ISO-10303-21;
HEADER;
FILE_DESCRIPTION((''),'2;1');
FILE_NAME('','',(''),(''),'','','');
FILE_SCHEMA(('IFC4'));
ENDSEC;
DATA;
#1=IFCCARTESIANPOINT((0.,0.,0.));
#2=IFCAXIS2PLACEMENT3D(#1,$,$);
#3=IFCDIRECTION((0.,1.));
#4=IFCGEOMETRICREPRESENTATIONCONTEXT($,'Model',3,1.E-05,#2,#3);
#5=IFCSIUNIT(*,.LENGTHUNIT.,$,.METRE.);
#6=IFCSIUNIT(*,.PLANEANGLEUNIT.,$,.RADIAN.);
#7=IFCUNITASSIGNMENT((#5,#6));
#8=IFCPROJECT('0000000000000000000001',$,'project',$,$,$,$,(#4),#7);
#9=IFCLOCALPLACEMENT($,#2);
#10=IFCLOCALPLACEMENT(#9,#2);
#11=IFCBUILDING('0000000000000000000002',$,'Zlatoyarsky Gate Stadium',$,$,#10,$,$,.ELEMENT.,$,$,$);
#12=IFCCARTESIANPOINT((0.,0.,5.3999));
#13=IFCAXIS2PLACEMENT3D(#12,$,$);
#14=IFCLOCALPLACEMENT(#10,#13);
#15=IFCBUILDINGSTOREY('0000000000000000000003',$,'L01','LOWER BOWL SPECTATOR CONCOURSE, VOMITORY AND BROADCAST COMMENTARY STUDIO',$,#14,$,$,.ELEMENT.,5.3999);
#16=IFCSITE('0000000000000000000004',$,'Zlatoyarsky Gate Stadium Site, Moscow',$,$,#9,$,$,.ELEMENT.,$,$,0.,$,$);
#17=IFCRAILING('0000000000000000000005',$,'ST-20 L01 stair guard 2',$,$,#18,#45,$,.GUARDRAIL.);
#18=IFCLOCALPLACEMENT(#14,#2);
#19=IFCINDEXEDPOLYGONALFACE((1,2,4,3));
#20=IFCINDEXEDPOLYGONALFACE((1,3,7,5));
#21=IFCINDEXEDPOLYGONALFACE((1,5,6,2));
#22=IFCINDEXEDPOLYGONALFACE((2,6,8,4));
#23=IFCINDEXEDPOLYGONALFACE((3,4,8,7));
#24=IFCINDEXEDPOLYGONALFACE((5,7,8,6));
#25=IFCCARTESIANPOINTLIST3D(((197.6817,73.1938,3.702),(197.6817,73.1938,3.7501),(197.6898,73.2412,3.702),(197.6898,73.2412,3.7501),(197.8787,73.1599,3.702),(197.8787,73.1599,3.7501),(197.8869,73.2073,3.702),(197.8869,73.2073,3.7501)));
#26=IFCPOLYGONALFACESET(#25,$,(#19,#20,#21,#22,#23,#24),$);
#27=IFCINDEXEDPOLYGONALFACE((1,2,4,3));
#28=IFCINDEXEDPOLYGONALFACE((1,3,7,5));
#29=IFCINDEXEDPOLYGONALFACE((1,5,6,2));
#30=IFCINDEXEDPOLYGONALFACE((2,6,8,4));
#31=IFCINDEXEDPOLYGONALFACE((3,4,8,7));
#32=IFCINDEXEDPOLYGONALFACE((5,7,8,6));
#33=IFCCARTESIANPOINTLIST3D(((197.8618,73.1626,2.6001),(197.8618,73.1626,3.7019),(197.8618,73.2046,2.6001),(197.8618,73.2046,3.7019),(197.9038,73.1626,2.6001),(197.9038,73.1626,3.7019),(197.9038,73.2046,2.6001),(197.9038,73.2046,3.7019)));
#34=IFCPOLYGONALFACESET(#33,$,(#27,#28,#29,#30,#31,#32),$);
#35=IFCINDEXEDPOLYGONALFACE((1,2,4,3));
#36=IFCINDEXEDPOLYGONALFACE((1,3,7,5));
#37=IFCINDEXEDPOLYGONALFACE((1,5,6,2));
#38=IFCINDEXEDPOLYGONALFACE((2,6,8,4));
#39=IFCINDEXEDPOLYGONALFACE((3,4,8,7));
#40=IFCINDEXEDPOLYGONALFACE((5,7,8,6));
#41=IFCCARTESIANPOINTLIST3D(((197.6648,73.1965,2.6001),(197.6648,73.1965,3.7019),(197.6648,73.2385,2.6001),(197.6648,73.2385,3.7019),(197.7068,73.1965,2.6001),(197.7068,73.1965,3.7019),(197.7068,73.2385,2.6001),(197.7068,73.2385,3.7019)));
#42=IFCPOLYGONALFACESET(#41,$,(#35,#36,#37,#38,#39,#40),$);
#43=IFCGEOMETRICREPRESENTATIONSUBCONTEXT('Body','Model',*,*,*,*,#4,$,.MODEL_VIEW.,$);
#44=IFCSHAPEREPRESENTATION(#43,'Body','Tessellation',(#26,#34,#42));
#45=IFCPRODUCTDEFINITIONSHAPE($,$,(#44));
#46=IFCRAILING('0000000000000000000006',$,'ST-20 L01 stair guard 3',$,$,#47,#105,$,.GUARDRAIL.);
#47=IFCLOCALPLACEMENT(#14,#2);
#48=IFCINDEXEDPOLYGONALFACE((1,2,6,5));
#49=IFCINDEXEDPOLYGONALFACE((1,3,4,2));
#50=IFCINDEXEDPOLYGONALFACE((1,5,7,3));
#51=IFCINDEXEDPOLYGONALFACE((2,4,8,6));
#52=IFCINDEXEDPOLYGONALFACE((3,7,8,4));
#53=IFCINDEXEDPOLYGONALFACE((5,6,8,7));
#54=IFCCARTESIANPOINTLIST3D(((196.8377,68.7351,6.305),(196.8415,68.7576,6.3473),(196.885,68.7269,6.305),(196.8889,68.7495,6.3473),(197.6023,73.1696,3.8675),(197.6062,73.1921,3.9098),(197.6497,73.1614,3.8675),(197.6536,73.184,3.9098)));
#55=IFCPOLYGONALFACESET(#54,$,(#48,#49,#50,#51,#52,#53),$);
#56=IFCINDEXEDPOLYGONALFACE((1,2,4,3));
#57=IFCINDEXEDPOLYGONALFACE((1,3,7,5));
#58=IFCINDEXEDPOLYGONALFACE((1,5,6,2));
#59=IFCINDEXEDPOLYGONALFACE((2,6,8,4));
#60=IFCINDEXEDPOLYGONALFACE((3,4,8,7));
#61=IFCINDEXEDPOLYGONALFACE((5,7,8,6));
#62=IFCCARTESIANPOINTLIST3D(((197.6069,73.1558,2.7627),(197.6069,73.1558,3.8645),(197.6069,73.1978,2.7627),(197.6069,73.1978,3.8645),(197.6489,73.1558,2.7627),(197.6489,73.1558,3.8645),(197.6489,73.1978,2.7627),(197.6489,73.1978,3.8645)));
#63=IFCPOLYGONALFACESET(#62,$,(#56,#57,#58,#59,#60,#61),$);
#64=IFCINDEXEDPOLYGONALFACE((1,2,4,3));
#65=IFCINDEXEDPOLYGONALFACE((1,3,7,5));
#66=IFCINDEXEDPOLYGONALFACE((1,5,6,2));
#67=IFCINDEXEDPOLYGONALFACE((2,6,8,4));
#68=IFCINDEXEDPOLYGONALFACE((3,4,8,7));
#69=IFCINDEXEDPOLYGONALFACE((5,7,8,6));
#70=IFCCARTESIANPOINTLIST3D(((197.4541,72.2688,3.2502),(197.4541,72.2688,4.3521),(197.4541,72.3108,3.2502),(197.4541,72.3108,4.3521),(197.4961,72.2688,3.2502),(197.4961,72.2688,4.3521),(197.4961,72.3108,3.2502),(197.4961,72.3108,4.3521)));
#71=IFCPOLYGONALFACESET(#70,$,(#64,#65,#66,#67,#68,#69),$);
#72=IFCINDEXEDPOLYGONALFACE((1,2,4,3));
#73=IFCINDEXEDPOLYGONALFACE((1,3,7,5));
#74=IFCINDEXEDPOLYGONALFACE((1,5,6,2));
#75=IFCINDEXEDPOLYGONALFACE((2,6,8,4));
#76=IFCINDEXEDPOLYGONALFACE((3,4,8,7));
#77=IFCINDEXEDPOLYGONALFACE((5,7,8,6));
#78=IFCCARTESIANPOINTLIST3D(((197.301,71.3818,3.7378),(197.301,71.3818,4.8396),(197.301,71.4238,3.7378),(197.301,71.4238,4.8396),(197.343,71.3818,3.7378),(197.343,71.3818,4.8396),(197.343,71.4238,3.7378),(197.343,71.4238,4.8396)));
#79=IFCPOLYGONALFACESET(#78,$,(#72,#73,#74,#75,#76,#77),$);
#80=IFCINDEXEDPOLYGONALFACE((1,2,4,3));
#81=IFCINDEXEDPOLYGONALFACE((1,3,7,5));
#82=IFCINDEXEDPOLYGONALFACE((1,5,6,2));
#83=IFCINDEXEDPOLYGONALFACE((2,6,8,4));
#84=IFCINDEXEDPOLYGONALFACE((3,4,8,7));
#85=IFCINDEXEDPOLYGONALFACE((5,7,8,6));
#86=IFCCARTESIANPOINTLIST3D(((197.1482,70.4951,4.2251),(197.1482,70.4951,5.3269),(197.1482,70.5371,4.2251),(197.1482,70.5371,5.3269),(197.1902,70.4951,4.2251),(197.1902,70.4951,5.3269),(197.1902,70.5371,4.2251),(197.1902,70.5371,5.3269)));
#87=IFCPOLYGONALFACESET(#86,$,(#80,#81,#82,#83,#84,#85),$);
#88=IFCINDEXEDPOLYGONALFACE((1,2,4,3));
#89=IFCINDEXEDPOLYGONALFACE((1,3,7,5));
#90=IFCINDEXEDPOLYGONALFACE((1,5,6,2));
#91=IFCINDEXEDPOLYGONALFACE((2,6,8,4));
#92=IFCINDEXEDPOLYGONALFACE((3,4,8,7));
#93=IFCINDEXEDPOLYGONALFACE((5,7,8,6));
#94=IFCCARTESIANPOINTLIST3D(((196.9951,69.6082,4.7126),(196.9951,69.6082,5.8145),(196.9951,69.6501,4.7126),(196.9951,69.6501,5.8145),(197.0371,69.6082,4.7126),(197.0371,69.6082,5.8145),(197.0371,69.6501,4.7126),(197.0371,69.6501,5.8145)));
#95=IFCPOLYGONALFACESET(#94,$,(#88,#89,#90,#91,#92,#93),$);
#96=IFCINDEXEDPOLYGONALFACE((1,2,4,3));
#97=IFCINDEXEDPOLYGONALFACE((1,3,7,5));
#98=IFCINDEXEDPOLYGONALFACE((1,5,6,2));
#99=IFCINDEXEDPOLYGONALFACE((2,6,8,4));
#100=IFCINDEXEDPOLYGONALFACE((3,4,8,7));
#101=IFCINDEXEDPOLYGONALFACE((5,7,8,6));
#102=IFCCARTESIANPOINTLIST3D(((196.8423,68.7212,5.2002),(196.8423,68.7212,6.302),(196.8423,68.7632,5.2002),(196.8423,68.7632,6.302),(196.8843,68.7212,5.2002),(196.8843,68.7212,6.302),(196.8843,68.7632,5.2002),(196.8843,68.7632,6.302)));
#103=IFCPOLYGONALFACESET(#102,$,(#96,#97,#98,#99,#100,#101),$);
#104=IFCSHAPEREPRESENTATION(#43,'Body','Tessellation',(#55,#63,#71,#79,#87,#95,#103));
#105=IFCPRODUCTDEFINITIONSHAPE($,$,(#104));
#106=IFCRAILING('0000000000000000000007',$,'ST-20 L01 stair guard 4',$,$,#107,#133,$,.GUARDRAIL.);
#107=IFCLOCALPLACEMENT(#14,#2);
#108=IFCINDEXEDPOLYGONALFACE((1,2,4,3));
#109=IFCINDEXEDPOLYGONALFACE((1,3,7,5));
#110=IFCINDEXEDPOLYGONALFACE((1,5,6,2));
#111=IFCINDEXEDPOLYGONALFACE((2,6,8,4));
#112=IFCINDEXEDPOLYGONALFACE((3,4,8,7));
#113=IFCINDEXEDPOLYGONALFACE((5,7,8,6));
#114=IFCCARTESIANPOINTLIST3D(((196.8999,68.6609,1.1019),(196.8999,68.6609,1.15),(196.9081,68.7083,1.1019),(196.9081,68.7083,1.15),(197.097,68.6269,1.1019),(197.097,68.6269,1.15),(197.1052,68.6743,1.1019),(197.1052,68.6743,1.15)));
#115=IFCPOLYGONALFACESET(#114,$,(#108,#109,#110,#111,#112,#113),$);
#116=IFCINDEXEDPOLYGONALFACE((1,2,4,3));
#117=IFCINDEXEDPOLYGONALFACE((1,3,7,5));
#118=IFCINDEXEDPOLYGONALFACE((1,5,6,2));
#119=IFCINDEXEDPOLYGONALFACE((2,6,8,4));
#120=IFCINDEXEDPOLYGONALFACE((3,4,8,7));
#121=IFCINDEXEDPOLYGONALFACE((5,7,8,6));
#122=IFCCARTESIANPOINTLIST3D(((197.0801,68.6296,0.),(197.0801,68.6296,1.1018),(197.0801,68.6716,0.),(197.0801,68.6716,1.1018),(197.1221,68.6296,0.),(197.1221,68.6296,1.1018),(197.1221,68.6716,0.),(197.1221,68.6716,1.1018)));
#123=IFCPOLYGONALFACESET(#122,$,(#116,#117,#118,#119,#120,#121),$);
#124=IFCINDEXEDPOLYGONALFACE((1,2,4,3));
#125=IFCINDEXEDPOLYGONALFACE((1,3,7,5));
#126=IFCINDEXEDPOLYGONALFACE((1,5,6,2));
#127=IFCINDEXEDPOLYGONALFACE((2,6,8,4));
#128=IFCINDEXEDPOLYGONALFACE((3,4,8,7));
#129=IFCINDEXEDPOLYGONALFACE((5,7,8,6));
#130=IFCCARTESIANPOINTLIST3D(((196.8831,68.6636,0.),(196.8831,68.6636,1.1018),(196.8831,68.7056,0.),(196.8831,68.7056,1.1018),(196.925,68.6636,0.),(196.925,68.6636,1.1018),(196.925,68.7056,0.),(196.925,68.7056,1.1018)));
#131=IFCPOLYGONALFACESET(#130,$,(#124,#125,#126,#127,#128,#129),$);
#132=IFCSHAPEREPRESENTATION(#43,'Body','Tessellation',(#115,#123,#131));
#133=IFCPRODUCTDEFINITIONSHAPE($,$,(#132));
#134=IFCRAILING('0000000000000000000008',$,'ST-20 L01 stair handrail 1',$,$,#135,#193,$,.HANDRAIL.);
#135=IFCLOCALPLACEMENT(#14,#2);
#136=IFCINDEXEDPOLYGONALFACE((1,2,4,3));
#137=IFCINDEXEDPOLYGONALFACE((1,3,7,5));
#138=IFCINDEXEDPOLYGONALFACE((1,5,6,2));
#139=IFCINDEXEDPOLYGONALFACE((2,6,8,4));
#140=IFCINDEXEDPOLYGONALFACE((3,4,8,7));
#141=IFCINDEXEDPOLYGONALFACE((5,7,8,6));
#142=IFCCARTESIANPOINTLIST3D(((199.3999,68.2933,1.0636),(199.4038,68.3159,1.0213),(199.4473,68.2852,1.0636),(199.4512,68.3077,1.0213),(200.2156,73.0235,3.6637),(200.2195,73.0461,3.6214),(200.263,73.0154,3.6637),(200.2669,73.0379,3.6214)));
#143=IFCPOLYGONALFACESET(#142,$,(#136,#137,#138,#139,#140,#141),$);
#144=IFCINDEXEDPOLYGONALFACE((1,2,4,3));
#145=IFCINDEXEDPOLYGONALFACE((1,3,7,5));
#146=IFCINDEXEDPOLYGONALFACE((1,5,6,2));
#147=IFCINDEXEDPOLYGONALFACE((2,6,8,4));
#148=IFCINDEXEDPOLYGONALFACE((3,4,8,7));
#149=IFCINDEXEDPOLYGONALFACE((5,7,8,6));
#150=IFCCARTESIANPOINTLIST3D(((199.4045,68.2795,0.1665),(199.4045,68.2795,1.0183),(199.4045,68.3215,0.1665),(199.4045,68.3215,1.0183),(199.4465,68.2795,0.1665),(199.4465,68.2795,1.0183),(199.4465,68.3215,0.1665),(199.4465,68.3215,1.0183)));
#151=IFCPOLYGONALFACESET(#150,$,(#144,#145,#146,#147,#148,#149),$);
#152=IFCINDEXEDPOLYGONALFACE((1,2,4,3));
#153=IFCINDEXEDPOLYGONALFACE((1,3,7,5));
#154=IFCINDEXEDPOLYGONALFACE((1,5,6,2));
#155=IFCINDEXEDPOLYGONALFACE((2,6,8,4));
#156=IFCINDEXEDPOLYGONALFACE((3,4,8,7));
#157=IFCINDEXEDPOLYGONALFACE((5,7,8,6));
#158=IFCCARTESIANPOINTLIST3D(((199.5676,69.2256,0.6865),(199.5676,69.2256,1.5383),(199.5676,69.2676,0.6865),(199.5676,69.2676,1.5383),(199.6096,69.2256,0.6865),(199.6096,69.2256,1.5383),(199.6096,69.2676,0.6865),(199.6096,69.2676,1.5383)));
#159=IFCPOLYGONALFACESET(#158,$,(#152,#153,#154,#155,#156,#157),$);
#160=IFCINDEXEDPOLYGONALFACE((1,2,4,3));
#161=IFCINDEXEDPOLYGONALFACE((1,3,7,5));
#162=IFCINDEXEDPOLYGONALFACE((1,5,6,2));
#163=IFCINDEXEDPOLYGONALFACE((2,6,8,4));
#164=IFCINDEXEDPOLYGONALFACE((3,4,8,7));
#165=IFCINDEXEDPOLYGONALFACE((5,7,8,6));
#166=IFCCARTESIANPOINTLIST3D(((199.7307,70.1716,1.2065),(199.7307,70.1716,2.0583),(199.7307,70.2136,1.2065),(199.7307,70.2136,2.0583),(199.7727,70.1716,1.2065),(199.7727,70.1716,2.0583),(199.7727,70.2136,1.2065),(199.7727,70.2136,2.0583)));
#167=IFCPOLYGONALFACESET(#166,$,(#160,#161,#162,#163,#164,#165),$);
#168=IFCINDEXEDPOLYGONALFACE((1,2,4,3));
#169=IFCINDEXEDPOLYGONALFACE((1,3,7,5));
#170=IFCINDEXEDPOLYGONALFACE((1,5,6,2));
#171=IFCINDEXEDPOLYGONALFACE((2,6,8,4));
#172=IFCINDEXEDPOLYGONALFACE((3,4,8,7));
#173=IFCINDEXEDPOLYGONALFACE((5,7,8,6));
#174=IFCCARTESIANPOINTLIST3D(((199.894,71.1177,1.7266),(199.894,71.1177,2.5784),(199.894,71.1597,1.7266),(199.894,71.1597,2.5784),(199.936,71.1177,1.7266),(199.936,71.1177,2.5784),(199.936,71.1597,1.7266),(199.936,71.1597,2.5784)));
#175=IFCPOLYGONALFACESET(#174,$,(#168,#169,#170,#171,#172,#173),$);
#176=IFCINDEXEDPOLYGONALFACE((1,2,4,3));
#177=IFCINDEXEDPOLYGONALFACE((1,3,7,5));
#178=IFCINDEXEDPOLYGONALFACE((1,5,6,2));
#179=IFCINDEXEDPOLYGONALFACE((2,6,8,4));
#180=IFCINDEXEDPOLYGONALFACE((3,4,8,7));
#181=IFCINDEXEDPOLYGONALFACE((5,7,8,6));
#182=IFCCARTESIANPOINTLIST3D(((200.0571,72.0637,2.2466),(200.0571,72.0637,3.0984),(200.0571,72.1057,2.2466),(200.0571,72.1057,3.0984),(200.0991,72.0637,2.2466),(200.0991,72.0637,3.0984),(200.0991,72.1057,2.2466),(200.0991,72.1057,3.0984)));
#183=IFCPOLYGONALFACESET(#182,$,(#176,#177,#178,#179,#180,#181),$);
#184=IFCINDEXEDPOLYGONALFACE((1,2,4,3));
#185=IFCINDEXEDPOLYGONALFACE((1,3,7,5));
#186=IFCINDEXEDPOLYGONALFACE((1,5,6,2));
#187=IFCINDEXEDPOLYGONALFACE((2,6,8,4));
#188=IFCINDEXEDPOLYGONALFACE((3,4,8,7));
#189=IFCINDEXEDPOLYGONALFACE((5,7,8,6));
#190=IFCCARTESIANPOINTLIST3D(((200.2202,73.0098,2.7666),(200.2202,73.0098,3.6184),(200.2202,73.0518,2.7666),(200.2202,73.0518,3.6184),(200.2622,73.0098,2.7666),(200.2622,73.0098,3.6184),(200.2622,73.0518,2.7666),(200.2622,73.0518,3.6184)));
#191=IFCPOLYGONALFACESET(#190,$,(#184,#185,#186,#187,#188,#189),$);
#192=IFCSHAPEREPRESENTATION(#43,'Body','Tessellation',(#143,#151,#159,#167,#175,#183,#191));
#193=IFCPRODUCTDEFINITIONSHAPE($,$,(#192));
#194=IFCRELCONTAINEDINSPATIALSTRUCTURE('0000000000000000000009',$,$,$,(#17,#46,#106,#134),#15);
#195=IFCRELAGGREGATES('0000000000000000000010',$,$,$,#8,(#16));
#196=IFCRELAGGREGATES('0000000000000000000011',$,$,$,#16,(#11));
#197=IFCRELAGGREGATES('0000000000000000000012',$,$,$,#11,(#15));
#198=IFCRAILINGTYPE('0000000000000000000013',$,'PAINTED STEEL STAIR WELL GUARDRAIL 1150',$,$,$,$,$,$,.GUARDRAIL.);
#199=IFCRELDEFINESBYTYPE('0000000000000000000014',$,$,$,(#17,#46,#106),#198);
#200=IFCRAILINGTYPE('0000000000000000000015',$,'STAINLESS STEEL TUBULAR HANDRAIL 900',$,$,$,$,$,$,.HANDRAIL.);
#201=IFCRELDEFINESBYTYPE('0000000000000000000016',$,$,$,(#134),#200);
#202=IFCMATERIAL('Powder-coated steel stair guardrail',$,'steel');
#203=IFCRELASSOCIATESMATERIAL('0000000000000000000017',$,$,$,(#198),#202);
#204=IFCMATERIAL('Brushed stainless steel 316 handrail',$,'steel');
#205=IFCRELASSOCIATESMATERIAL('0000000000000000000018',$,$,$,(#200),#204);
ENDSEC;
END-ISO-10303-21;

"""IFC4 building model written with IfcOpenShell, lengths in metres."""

from ifc_helpers import new_model, si_unit, direction, frame, origin, origin_2d, place, context, subcontext, project, spatial, rectangle, extrude, material, type_object, element, save


model = new_model("IFC4")

# Units and contexts
model_context = context("Model", 3, precision=1e-05, world=origin(), true_north=direction((0.0, 1.0)))
body_context = subcontext(model_context, "Body", "Model", "MODEL_VIEW")
ifc_project = project(units=[si_unit("LENGTHUNIT", "METRE"), si_unit("PLANEANGLEUNIT", "RADIAN")], contexts=[model_context])

# Site, building, storey
site_placement = place(None, origin())
site = spatial("IfcSite", under=ifc_project, at=site_placement, Name="Zlatoyarsky Gate Stadium Site, Moscow", CompositionType="ELEMENT", RefElevation=0.0)
building_placement = place(site_placement, origin())
building = spatial("IfcBuilding", under=site, at=building_placement, Name="Zlatoyarsky Gate Stadium", CompositionType="ELEMENT")
storey_placement = place(building_placement, frame((0.0, 0.0, 5.3999)))
storey = spatial("IfcBuildingStorey", under=building, at=storey_placement, Name="L01", Description="LOWER BOWL SPECTATOR CONCOURSE, VOMITORY AND BROADCAST COMMENTARY STUDIO", CompositionType="ELEMENT", Elevation=5.3999)

# Railings
ifc_material_1 = material(Name="Powder-coated steel stair guardrail", Category="steel")
railing_type_1 = type_object("IfcRailingType", Name="PAINTED STEEL STAIR WELL GUARDRAIL 1150", PredefinedType="GUARDRAIL", material=ifc_material_1)
railing_1_placement = place(storey_placement, frame((197.8828, 73.1836, 2.6001)))
element("IfcRailing", 1, at=railing_1_placement, inside=storey, type_object=railing_type_1, Name="ST-20 L01 stair guard 2", PredefinedType="GUARDRAIL", context=body_context, shape_type="SweptSolid", body=[
    extrude(rectangle(XDim=0.0481, YDim=0.0481, at=origin_2d()), frame((0.0, 0.0, 1.126), z_axis=(-0.985488, 0.169743, 0.0), x_axis=(-0.169743, -0.985488, 0.0)), (0.0, 0.0, 1.0), 0.2),
    extrude(rectangle(XDim=0.042, YDim=0.042, at=origin_2d()), origin(), (0.0, 0.0, 1.0), 1.1018),
    extrude(rectangle(XDim=0.042, YDim=0.042, at=origin_2d()), frame((-0.197, 0.0339, 0.0)), (0.0, 0.0, 1.0), 1.1018),
])
railing_2_placement = place(storey_placement, frame((197.6279, 73.1768, 2.7627)))
element("IfcRailing", 2, at=railing_2_placement, inside=storey, type_object=railing_type_1, Name="ST-20 L01 stair guard 3", PredefinedType="GUARDRAIL", context=body_context, shape_type="SweptSolid", body=[
    extrude(rectangle(XDim=0.0481, YDim=0.0481, at=origin_2d()), frame((0.0, 0.0, 1.126), z_axis=(-0.149411, -0.866505, 0.476282), x_axis=(0.985458, -0.169921, 0.0)), (0.0, 0.0, 1.0), 5.1177),
    extrude(rectangle(XDim=0.042, YDim=0.042, at=origin_2d()), origin(), (0.0, 0.0, 1.0), 1.1018),
    extrude(rectangle(XDim=0.042, YDim=0.042, at=origin_2d()), frame((-0.1528, -0.887, 0.4875)), (0.0, 0.0, 1.0), 1.1018),
    extrude(rectangle(XDim=0.042, YDim=0.042, at=origin_2d()), frame((-0.3059, -1.7739, 0.9751)), (0.0, 0.0, 1.0), 1.1018),
    extrude(rectangle(XDim=0.042, YDim=0.042, at=origin_2d()), frame((-0.4587, -2.6606, 1.4624)), (0.0, 0.0, 1.0), 1.1018),
    extrude(rectangle(XDim=0.042, YDim=0.042, at=origin_2d()), frame((-0.6118, -3.5476, 1.95)), (0.0, 0.0, 1.0), 1.1018),
    extrude(rectangle(XDim=0.042, YDim=0.042, at=origin_2d()), frame((-0.7646, -4.4346, 2.4375)), (0.0, 0.0, 1.0), 1.1018),
])
railing_3_placement = place(storey_placement, frame((197.1011, 68.6506, 0.0)))
element("IfcRailing", 3, at=railing_3_placement, inside=storey, type_object=railing_type_1, Name="ST-20 L01 stair guard 4", PredefinedType="GUARDRAIL", context=body_context, shape_type="SweptSolid", body=[
    extrude(rectangle(XDim=0.0481, YDim=0.0481, at=origin_2d()), frame((0.0, 0.0, 1.126), z_axis=(-0.985488, 0.169743, 0.0), x_axis=(-0.169743, -0.985488, 0.0)), (0.0, 0.0, 1.0), 0.2),
    extrude(rectangle(XDim=0.042, YDim=0.042, at=origin_2d()), origin(), (0.0, 0.0, 1.0), 1.1018),
    extrude(rectangle(XDim=0.042, YDim=0.042, at=origin_2d()), frame((-0.197, 0.0339, 0.0)), (0.0, 0.0, 1.0), 1.1018),
])
ifc_material_2 = material(Name="Brushed stainless steel 316 handrail", Category="steel")
railing_type_2 = type_object("IfcRailingType", Name="STAINLESS STEEL TUBULAR HANDRAIL 900", PredefinedType="HANDRAIL", material=ifc_material_2)
railing_4_placement = place(storey_placement, frame((199.4255, 68.3005, 0.1665)))
element("IfcRailing", 4, at=railing_4_placement, inside=storey, type_object=railing_type_2, Name="ST-20 L01 stair handrail 1", PredefinedType="HANDRAIL", context=body_context, shape_type="SweptSolid", body=[
    extrude(rectangle(XDim=0.0481, YDim=0.0481, at=origin_2d()), frame((0.0, 0.0, 0.876), z_axis=(0.149418, 0.866498, 0.476294), x_axis=(-0.985456, 0.169931, 0.0)), (0.0, 0.0, 1.0), 5.459),
    extrude(rectangle(XDim=0.042, YDim=0.042, at=origin_2d()), origin(), (0.0, 0.0, 1.0), 0.8518),
    extrude(rectangle(XDim=0.042, YDim=0.042, at=origin_2d()), frame((0.1631, 0.946, 0.52)), (0.0, 0.0, 1.0), 0.8518),
    extrude(rectangle(XDim=0.042, YDim=0.042, at=origin_2d()), frame((0.3262, 1.8921, 1.04)), (0.0, 0.0, 1.0), 0.8518),
    extrude(rectangle(XDim=0.042, YDim=0.042, at=origin_2d()), frame((0.4895, 2.8381, 1.5601)), (0.0, 0.0, 1.0), 0.8518),
    extrude(rectangle(XDim=0.042, YDim=0.042, at=origin_2d()), frame((0.6526, 3.7842, 2.0801)), (0.0, 0.0, 1.0), 0.8518),
    extrude(rectangle(XDim=0.042, YDim=0.042, at=origin_2d()), frame((0.8157, 4.7302, 2.6001)), (0.0, 0.0, 1.0), 0.8518),
])

save(model, "model.ifc")
